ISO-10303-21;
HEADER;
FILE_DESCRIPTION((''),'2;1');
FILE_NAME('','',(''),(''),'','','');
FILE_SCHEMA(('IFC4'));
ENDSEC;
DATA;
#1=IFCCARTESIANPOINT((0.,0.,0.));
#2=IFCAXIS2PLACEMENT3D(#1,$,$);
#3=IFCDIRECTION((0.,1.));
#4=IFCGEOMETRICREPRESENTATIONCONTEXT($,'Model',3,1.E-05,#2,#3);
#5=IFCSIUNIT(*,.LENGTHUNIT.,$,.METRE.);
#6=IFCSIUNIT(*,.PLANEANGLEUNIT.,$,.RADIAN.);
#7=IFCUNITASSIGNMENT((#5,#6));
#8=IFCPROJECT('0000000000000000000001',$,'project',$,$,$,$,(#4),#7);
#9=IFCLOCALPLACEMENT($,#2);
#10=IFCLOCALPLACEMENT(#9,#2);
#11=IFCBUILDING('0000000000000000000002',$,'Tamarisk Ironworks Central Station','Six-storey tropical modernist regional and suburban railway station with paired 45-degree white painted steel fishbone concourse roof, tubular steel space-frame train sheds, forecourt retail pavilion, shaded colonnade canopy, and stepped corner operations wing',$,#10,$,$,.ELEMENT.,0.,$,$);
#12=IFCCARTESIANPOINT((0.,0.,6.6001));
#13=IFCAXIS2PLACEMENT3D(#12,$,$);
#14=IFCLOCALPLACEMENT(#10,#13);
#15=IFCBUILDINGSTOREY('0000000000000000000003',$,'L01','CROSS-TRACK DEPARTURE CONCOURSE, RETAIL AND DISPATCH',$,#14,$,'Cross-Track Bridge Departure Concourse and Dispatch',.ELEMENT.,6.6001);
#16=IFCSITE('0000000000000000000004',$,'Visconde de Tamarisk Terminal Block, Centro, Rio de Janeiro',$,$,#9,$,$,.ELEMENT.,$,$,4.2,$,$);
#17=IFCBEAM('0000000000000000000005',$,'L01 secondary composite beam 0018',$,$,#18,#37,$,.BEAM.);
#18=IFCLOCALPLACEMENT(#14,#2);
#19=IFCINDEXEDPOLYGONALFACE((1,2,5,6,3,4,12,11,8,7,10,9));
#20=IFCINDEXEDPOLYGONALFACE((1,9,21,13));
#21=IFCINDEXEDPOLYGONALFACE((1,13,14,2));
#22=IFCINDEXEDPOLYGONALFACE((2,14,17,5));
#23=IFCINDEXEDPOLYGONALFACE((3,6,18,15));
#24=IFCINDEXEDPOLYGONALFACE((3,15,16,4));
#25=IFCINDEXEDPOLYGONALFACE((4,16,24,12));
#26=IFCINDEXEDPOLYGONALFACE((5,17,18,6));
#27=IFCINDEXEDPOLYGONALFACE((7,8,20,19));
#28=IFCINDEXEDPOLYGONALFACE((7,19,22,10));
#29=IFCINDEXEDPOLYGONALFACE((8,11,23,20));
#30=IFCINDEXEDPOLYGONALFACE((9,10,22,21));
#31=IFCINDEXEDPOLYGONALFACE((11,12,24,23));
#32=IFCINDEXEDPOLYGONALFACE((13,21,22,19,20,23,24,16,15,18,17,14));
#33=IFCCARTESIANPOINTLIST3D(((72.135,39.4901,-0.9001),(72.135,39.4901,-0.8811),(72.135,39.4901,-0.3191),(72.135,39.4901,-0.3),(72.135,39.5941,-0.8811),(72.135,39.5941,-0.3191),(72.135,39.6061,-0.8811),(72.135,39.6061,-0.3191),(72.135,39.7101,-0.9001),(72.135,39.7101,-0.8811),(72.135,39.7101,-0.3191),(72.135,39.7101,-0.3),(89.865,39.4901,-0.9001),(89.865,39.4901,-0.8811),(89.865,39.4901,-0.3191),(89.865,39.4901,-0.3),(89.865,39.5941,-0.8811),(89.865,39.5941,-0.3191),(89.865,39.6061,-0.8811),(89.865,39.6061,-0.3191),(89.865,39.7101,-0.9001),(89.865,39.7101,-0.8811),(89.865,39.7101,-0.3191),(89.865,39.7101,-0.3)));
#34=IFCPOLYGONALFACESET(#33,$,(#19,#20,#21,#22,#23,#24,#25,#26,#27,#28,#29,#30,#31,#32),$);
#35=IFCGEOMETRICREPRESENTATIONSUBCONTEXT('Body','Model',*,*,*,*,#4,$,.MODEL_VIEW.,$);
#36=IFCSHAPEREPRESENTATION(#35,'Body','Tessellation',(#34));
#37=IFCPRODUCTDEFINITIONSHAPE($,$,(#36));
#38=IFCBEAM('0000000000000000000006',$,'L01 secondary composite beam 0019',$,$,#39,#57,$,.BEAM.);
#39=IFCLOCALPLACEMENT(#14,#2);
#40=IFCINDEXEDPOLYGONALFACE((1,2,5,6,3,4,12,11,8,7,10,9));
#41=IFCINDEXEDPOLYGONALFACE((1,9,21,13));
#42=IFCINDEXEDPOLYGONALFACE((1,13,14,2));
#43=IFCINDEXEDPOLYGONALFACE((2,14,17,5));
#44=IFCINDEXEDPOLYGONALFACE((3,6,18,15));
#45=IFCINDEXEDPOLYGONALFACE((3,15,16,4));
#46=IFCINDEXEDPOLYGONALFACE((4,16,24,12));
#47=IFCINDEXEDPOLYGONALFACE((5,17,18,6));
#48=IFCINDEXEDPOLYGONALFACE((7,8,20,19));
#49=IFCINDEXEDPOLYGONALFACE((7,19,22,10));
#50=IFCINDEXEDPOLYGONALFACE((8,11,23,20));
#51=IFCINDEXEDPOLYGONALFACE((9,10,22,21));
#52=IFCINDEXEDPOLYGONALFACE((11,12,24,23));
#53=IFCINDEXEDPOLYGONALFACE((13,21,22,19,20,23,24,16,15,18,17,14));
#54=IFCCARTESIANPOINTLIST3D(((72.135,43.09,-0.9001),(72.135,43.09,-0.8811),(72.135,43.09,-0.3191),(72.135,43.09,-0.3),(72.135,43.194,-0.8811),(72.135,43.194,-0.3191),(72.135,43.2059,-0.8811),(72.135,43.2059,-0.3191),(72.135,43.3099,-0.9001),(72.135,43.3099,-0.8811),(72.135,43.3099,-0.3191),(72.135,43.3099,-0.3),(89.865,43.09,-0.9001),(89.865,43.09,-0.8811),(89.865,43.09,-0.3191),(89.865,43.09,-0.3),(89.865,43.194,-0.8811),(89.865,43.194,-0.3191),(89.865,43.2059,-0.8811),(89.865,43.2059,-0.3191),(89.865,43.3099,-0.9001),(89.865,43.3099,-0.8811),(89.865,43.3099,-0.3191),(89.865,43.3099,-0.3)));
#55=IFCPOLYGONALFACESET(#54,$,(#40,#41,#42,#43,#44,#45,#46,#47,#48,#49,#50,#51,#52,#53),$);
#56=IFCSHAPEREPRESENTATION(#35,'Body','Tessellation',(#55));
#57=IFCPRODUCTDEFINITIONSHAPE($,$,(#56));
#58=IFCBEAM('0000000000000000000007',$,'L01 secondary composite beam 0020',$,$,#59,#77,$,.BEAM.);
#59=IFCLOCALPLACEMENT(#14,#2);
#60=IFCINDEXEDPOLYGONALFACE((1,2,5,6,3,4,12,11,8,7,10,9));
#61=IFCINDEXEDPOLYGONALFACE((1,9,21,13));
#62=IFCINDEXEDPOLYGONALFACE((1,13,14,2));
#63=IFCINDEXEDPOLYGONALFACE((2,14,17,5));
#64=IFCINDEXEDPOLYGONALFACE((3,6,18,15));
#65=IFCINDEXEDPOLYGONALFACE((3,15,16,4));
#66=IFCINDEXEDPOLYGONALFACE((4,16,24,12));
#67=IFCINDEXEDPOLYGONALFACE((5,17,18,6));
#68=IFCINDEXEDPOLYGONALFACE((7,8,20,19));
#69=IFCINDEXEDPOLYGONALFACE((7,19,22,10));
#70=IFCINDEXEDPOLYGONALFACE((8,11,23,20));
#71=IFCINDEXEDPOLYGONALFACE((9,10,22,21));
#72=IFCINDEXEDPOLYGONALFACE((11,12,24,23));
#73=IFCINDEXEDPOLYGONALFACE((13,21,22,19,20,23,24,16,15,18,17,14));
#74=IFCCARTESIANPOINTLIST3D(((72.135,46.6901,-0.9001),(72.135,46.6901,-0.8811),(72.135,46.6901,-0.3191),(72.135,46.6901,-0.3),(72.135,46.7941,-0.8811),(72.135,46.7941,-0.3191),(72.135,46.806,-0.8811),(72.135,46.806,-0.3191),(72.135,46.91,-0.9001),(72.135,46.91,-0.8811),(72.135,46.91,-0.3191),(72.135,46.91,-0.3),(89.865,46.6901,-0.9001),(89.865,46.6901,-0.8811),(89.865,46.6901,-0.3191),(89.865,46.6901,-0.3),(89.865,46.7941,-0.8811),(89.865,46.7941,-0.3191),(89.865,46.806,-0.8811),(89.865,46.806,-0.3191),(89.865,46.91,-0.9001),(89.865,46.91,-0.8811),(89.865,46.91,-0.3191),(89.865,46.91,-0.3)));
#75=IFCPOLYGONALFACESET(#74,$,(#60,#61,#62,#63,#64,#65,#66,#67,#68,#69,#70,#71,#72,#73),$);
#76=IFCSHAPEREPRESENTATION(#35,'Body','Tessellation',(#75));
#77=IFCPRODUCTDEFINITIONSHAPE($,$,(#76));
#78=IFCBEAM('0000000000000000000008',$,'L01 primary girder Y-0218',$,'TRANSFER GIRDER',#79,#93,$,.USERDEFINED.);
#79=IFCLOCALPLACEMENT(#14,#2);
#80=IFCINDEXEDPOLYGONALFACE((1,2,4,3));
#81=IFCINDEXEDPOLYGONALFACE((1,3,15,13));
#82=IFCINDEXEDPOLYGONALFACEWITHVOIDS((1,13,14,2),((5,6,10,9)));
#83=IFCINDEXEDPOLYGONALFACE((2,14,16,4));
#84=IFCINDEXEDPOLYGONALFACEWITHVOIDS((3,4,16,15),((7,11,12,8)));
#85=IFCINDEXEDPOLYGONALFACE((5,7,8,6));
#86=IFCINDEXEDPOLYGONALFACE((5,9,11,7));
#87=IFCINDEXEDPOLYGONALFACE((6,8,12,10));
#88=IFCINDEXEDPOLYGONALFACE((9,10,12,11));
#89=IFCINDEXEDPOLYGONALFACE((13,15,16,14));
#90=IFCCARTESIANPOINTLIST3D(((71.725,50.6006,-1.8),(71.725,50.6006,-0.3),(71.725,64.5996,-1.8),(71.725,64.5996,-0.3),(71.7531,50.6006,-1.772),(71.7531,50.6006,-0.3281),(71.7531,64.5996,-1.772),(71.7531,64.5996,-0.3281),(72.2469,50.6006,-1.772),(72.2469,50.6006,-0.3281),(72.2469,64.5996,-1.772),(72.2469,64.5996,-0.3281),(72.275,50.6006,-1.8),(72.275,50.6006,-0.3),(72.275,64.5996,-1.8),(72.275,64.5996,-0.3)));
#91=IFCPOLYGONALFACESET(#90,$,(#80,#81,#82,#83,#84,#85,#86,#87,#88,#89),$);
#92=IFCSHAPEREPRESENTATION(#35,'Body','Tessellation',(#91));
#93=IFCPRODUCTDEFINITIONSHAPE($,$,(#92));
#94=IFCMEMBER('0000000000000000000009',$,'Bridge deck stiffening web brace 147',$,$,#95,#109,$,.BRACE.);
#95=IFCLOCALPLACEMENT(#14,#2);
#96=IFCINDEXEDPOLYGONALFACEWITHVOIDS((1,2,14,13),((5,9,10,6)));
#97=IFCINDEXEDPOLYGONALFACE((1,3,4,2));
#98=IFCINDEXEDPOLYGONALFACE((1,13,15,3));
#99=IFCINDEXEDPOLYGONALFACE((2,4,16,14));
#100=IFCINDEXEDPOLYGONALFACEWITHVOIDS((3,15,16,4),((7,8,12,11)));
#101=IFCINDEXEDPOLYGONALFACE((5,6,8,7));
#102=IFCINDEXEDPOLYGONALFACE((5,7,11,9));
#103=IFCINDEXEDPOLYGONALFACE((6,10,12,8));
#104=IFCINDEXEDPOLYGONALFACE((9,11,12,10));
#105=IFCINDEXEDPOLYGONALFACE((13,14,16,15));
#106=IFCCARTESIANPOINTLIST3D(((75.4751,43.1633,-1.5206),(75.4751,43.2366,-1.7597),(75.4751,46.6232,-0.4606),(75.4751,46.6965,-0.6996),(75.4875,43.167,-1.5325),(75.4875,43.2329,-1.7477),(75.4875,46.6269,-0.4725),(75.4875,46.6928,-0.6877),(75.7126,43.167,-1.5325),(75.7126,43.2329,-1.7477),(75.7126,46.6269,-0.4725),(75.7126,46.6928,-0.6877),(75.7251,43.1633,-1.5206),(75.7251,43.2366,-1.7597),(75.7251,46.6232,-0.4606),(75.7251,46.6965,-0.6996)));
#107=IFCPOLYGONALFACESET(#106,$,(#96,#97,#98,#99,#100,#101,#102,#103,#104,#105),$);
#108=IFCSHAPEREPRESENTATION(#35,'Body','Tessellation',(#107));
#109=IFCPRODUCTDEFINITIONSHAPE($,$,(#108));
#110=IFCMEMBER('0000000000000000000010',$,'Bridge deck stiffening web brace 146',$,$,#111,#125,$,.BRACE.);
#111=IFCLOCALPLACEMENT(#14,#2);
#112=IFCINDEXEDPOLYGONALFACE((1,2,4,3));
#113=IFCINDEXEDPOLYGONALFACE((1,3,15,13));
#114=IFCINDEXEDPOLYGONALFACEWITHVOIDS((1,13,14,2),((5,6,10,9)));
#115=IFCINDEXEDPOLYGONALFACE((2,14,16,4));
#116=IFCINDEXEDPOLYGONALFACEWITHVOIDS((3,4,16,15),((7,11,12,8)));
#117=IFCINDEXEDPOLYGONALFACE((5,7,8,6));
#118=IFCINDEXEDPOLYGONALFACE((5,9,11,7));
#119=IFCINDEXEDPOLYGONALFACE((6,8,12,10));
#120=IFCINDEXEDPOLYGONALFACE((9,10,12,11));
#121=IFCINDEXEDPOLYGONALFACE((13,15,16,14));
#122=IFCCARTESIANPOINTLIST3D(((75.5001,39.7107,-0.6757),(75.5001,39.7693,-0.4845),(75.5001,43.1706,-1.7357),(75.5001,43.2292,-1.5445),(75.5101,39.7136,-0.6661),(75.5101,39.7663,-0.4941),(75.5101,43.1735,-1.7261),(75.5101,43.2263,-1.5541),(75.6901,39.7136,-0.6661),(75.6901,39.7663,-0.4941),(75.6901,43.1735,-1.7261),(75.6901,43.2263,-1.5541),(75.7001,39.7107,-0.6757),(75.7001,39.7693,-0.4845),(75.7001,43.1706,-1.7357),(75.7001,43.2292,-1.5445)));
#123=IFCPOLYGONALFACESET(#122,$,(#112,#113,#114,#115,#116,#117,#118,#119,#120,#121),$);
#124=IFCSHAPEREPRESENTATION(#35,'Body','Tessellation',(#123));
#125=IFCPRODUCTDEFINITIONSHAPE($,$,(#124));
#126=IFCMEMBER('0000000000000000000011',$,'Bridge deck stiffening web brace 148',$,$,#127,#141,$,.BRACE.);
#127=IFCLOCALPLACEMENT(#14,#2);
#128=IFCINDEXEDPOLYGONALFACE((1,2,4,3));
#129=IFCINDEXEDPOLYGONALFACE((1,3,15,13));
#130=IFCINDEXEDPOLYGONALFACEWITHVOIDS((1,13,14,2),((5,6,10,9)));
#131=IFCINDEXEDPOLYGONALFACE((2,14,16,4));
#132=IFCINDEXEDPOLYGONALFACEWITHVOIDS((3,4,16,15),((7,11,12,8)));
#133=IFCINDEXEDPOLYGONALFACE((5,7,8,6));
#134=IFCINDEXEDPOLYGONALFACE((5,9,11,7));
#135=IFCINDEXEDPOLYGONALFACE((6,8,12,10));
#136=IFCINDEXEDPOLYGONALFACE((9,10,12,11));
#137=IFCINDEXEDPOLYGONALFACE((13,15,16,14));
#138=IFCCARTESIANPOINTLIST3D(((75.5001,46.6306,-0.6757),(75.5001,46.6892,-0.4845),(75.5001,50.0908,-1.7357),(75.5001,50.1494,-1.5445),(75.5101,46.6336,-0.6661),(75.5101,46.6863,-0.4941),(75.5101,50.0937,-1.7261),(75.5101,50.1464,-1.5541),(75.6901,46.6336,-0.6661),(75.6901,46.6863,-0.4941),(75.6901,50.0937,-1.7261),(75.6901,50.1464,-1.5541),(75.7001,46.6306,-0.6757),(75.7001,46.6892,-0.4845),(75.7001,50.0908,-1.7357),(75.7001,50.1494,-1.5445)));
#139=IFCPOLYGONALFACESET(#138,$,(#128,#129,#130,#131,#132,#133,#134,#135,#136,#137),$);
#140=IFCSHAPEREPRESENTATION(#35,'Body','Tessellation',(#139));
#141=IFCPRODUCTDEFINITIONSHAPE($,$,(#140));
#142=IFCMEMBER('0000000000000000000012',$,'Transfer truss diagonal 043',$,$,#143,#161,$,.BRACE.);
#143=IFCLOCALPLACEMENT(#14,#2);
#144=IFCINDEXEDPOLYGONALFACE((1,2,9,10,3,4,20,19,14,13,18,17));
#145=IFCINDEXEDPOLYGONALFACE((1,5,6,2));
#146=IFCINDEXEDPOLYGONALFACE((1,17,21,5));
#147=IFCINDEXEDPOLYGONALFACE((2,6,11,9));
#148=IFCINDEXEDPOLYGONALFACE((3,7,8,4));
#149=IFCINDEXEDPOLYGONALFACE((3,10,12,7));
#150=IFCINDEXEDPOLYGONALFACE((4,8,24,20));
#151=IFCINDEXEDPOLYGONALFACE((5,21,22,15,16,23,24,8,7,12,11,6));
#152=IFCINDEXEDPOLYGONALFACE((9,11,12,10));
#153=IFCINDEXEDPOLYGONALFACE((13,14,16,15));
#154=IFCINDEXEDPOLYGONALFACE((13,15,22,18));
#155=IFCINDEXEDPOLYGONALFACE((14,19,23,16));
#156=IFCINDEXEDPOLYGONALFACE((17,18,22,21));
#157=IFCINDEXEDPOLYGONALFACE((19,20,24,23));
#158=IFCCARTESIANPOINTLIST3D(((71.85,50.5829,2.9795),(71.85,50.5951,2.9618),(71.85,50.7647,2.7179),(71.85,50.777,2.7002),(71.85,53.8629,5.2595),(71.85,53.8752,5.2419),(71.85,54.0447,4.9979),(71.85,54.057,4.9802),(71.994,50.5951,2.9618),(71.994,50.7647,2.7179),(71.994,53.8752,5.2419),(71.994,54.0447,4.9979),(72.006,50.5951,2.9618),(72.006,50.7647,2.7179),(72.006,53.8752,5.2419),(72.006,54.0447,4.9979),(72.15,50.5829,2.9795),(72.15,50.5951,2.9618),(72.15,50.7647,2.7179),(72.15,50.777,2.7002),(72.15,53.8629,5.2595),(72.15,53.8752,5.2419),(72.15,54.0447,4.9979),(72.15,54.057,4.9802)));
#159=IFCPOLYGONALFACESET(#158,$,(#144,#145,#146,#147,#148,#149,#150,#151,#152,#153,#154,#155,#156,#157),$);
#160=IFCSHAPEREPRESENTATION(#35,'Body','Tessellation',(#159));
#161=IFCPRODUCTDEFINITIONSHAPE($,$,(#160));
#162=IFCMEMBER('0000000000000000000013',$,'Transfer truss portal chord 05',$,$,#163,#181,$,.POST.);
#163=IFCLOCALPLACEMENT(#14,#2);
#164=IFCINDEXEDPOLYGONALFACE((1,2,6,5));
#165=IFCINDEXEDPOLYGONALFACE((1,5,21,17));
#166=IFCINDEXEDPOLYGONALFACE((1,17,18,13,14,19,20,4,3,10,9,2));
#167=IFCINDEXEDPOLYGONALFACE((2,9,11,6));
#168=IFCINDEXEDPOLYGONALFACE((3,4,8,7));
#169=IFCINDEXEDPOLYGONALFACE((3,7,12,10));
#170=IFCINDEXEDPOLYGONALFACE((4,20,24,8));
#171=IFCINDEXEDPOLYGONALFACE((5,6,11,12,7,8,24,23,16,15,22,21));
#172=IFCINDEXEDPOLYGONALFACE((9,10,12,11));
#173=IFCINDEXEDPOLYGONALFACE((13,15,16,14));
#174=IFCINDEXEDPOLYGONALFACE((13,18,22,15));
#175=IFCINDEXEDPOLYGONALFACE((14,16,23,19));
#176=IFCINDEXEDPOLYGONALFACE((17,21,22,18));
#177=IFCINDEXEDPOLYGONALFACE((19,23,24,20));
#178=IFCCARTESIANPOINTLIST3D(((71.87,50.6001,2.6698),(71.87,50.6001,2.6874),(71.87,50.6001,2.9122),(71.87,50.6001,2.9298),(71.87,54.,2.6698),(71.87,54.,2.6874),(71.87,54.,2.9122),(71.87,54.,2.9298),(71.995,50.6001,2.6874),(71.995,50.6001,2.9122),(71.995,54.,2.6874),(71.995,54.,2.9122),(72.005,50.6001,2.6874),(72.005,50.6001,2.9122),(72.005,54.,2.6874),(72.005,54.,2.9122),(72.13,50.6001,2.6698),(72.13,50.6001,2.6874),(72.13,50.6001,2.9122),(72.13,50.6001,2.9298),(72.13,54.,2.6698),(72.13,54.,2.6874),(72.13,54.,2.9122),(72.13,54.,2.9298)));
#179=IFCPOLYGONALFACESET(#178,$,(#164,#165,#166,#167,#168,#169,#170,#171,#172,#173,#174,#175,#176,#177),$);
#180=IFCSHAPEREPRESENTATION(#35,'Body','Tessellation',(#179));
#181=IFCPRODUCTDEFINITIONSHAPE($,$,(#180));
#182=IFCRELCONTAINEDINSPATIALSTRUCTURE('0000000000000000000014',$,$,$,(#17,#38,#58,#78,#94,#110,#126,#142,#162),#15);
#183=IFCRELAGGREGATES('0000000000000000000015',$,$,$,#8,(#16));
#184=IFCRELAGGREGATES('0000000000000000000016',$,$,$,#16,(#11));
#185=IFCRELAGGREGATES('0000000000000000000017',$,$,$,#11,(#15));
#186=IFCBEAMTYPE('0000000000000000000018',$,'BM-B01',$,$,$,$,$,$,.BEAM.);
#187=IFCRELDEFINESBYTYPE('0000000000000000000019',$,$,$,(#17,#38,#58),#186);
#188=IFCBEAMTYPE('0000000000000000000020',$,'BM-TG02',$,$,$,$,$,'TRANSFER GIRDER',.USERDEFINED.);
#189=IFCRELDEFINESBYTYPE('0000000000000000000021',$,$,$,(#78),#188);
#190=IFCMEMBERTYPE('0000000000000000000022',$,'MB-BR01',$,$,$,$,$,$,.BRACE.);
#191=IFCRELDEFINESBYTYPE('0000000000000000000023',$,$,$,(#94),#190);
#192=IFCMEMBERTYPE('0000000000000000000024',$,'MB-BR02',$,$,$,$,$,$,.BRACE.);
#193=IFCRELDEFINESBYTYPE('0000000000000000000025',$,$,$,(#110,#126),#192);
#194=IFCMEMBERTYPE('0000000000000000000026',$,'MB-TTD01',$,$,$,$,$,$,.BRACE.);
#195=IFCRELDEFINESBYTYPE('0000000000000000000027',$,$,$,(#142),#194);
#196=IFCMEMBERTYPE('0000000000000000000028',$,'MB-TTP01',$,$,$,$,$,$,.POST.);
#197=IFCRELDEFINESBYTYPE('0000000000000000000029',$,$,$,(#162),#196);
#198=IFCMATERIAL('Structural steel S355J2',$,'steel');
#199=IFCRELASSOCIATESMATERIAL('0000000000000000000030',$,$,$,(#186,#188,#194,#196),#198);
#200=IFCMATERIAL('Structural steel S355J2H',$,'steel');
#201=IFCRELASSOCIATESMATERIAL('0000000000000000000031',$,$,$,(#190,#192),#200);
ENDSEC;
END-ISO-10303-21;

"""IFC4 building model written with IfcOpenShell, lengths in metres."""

from ifc_helpers import new_model, si_unit, direction, frame, origin, origin_2d, place, context, subcontext, project, spatial, hollow_rectangle, i_section, extrude, material, material_profile, profile_set, type_object, element, save


model = new_model("IFC4")

# Units and contexts
model_context = context("Model", 3, precision=1e-05, world=origin(), true_north=direction((0.0, 1.0)))
body_context = subcontext(model_context, "Body", "Model", "MODEL_VIEW")
ifc_project = project(units=[si_unit("LENGTHUNIT", "METRE"), si_unit("PLANEANGLEUNIT", "RADIAN")], contexts=[model_context])

# Site, building, storey
site_placement = place(None, origin())
site = spatial("IfcSite", under=ifc_project, at=site_placement, Name="Visconde de Tamarisk Terminal Block, Centro, Rio de Janeiro", CompositionType="ELEMENT", RefElevation=4.2)
building_placement = place(site_placement, origin())
building = spatial("IfcBuilding", under=site, at=building_placement, Name="Tamarisk Ironworks Central Station", Description="Six-storey tropical modernist regional and suburban railway station with paired 45-degree white painted steel fishbone concourse roof, tubular steel space-frame train sheds, forecourt retail pavilion, shaded colonnade canopy, and stepped corner operations wing", CompositionType="ELEMENT", ElevationOfRefHeight=0.0)
storey_placement = place(building_placement, frame((0.0, 0.0, 6.6001)))
storey = spatial("IfcBuildingStorey", under=building, at=storey_placement, Name="L01", Description="CROSS-TRACK DEPARTURE CONCOURSE, RETAIL AND DISPATCH", LongName="Cross-Track Bridge Departure Concourse and Dispatch", CompositionType="ELEMENT", Elevation=6.6001)

# Beams
ifc_material_1 = material(Name="Structural steel S355J2", Category="steel")
ifc_material_profile_1 = material_profile(ifc_material_1, i_section(OverallWidth=0.22, OverallDepth=0.6001, WebThickness=0.012, FlangeThickness=0.019, at=origin_2d()), Name="IPE 600")
ifc_profile_set_1 = profile_set([ifc_material_profile_1], Name="Structural steel S355J2")
beam_type_1 = type_object("IfcBeamType", Name="BM-B01", PredefinedType="BEAM", material=ifc_profile_set_1)
for number, where, z_axis, x_axis, name in (
    (1, (72.135, 39.6001, -0.6001), (1.0, 0.0, 0.0), (0.0, 1.0, 0.0), "L01 secondary composite beam 0018"),
    (2, (72.135, 43.2, -0.6001), (1.0, 0.0, 0.0), (0.0, 1.0, 0.0), "L01 secondary composite beam 0019"),
    (3, (72.135, 46.8, -0.6001), (1.0, 0.0, 0.0), (0.0, 1.0, 0.0), "L01 secondary composite beam 0020"),
):
    element("IfcBeam", number, at=place(storey_placement, frame(where, z_axis=z_axis, x_axis=x_axis)), inside=storey, type_object=beam_type_1, Name=name, PredefinedType="BEAM", context=body_context, shape_type="SweptSolid", body=[
        extrude(i_section(OverallWidth=0.22, OverallDepth=0.6001, WebThickness=0.012, FlangeThickness=0.019, at=origin_2d()), origin(), (0.0, 0.0, 1.0), 17.73),
    ])
ifc_material_profile_2 = material_profile(ifc_material_1, hollow_rectangle(XDim=0.55, YDim=1.5, WallThickness=0.0281, at=origin_2d()), Name="BOX 550x1500x28")
ifc_profile_set_2 = profile_set([ifc_material_profile_2], Name="Structural steel S355J2")
beam_type_2 = type_object("IfcBeamType", Name="BM-TG02", ElementType="TRANSFER GIRDER", PredefinedType="USERDEFINED", material=ifc_profile_set_2)
beam_placement = place(storey_placement, frame((72.0, 50.6006, -1.05), z_axis=(0.0, 1.0, 0.0), x_axis=(-1.0, 0.0, 0.0)))
element("IfcBeam", 4, at=beam_placement, inside=storey, type_object=beam_type_2, Name="L01 primary girder Y-0218", ObjectType="TRANSFER GIRDER", PredefinedType="USERDEFINED", context=body_context, shape_type="SweptSolid", body=[
    extrude(hollow_rectangle(XDim=0.55, YDim=1.5, WallThickness=0.0281, at=origin_2d()), origin(), (0.0, 0.0, 1.0), 13.999),
])

# Members
ifc_material_2 = material(Name="Structural steel S355J2H", Category="steel")
ifc_material_profile_3 = material_profile(ifc_material_2, hollow_rectangle(XDim=0.25, YDim=0.25, WallThickness=0.0125, at=origin_2d()), Name="SHS 250x250x12.5")
ifc_profile_set_3 = profile_set([ifc_material_profile_3], Name="Structural steel S355J2H")
member_type_1 = type_object("IfcMemberType", Name="MB-BR01", PredefinedType="BRACE", material=ifc_profile_set_3)
member_1_placement = place(storey_placement, frame((75.6001, 43.2, -1.6401), z_axis=(0.0, 0.956131, 0.292938), x_axis=(-1.0, 0.0, 0.0)))
element("IfcMember", 5, at=member_1_placement, inside=storey, type_object=member_type_1, Name="Bridge deck stiffening web brace 147", PredefinedType="BRACE", context=body_context, shape_type="SweptSolid", body=[
    extrude(hollow_rectangle(XDim=0.25, YDim=0.25, WallThickness=0.0125, at=origin_2d()), origin(), (0.0, 0.0, 1.0), 3.6187),
])
ifc_material_profile_4 = material_profile(ifc_material_2, hollow_rectangle(XDim=0.2, YDim=0.2, WallThickness=0.01, at=origin_2d()), Name="SHS 200x200x10")
ifc_profile_set_4 = profile_set([ifc_material_profile_4], Name="Structural steel S355J2H")
member_type_2 = type_object("IfcMemberType", Name="MB-BR02", PredefinedType="BRACE", material=ifc_profile_set_4)
member_2_placement = place(storey_placement, frame((75.6001, 39.74, -0.5801), z_axis=(0.0, 0.956131, -0.292938), x_axis=(-1.0, 0.0, 0.0)))
element("IfcMember", 6, at=member_2_placement, inside=storey, type_object=member_type_2, Name="Bridge deck stiffening web brace 146", PredefinedType="BRACE", context=body_context, shape_type="SweptSolid", body=[
    extrude(hollow_rectangle(XDim=0.2, YDim=0.2, WallThickness=0.01, at=origin_2d()), origin(), (0.0, 0.0, 1.0), 3.6187),
])
member_3_placement = place(storey_placement, frame((75.6001, 46.6599, -0.5801), z_axis=(0.0, 0.956137, -0.292919), x_axis=(-1.0, 0.0, 0.0)))
element("IfcMember", 7, at=member_3_placement, inside=storey, type_object=member_type_2, Name="Bridge deck stiffening web brace 148", PredefinedType="BRACE", context=body_context, shape_type="SweptSolid", body=[
    extrude(hollow_rectangle(XDim=0.2, YDim=0.2, WallThickness=0.01, at=origin_2d()), origin(), (0.0, 0.0, 1.0), 3.6189),
])
ifc_material_profile_5 = material_profile(ifc_material_1, i_section(OverallWidth=0.3, OverallDepth=0.3401, WebThickness=0.012, FlangeThickness=0.0215, at=origin_2d()), Name="HEB 340")
ifc_profile_set_5 = profile_set([ifc_material_profile_5], Name="Structural steel S355J2")
member_type_3 = type_object("IfcMemberType", Name="MB-TTD01", PredefinedType="BRACE", material=ifc_profile_set_5)
member_4_placement = place(storey_placement, frame((72.0, 50.6799, 2.8398), z_axis=(0.0, 0.821108, 0.570773), x_axis=(-1.0, 0.0, 0.0)))
element("IfcMember", 8, at=member_4_placement, inside=storey, type_object=member_type_3, Name="Transfer truss diagonal 043", PredefinedType="BRACE", context=body_context, shape_type="SweptSolid", body=[
    extrude(i_section(OverallWidth=0.3, OverallDepth=0.3401, WebThickness=0.012, FlangeThickness=0.0215, at=origin_2d()), origin(), (0.0, 0.0, 1.0), 3.9946),
])
ifc_material_profile_6 = material_profile(ifc_material_1, i_section(OverallWidth=0.26, OverallDepth=0.26, WebThickness=0.01, FlangeThickness=0.0176, at=origin_2d()), Name="HEB 260")
ifc_profile_set_6 = profile_set([ifc_material_profile_6], Name="Structural steel S355J2")
member_type_4 = type_object("IfcMemberType", Name="MB-TTP01", PredefinedType="POST", material=ifc_profile_set_6)
member_5_placement = place(storey_placement, frame((72.0, 50.6001, 2.7998), z_axis=(0.0, 1.0, 0.0), x_axis=(-1.0, 0.0, 0.0)))
element("IfcMember", 9, at=member_5_placement, inside=storey, type_object=member_type_4, Name="Transfer truss portal chord 05", PredefinedType="POST", context=body_context, shape_type="SweptSolid", body=[
    extrude(i_section(OverallWidth=0.26, OverallDepth=0.26, WebThickness=0.01, FlangeThickness=0.0176, at=origin_2d()), origin(), (0.0, 0.0, 1.0), 3.3999),
])

save(model, "model.ifc")
